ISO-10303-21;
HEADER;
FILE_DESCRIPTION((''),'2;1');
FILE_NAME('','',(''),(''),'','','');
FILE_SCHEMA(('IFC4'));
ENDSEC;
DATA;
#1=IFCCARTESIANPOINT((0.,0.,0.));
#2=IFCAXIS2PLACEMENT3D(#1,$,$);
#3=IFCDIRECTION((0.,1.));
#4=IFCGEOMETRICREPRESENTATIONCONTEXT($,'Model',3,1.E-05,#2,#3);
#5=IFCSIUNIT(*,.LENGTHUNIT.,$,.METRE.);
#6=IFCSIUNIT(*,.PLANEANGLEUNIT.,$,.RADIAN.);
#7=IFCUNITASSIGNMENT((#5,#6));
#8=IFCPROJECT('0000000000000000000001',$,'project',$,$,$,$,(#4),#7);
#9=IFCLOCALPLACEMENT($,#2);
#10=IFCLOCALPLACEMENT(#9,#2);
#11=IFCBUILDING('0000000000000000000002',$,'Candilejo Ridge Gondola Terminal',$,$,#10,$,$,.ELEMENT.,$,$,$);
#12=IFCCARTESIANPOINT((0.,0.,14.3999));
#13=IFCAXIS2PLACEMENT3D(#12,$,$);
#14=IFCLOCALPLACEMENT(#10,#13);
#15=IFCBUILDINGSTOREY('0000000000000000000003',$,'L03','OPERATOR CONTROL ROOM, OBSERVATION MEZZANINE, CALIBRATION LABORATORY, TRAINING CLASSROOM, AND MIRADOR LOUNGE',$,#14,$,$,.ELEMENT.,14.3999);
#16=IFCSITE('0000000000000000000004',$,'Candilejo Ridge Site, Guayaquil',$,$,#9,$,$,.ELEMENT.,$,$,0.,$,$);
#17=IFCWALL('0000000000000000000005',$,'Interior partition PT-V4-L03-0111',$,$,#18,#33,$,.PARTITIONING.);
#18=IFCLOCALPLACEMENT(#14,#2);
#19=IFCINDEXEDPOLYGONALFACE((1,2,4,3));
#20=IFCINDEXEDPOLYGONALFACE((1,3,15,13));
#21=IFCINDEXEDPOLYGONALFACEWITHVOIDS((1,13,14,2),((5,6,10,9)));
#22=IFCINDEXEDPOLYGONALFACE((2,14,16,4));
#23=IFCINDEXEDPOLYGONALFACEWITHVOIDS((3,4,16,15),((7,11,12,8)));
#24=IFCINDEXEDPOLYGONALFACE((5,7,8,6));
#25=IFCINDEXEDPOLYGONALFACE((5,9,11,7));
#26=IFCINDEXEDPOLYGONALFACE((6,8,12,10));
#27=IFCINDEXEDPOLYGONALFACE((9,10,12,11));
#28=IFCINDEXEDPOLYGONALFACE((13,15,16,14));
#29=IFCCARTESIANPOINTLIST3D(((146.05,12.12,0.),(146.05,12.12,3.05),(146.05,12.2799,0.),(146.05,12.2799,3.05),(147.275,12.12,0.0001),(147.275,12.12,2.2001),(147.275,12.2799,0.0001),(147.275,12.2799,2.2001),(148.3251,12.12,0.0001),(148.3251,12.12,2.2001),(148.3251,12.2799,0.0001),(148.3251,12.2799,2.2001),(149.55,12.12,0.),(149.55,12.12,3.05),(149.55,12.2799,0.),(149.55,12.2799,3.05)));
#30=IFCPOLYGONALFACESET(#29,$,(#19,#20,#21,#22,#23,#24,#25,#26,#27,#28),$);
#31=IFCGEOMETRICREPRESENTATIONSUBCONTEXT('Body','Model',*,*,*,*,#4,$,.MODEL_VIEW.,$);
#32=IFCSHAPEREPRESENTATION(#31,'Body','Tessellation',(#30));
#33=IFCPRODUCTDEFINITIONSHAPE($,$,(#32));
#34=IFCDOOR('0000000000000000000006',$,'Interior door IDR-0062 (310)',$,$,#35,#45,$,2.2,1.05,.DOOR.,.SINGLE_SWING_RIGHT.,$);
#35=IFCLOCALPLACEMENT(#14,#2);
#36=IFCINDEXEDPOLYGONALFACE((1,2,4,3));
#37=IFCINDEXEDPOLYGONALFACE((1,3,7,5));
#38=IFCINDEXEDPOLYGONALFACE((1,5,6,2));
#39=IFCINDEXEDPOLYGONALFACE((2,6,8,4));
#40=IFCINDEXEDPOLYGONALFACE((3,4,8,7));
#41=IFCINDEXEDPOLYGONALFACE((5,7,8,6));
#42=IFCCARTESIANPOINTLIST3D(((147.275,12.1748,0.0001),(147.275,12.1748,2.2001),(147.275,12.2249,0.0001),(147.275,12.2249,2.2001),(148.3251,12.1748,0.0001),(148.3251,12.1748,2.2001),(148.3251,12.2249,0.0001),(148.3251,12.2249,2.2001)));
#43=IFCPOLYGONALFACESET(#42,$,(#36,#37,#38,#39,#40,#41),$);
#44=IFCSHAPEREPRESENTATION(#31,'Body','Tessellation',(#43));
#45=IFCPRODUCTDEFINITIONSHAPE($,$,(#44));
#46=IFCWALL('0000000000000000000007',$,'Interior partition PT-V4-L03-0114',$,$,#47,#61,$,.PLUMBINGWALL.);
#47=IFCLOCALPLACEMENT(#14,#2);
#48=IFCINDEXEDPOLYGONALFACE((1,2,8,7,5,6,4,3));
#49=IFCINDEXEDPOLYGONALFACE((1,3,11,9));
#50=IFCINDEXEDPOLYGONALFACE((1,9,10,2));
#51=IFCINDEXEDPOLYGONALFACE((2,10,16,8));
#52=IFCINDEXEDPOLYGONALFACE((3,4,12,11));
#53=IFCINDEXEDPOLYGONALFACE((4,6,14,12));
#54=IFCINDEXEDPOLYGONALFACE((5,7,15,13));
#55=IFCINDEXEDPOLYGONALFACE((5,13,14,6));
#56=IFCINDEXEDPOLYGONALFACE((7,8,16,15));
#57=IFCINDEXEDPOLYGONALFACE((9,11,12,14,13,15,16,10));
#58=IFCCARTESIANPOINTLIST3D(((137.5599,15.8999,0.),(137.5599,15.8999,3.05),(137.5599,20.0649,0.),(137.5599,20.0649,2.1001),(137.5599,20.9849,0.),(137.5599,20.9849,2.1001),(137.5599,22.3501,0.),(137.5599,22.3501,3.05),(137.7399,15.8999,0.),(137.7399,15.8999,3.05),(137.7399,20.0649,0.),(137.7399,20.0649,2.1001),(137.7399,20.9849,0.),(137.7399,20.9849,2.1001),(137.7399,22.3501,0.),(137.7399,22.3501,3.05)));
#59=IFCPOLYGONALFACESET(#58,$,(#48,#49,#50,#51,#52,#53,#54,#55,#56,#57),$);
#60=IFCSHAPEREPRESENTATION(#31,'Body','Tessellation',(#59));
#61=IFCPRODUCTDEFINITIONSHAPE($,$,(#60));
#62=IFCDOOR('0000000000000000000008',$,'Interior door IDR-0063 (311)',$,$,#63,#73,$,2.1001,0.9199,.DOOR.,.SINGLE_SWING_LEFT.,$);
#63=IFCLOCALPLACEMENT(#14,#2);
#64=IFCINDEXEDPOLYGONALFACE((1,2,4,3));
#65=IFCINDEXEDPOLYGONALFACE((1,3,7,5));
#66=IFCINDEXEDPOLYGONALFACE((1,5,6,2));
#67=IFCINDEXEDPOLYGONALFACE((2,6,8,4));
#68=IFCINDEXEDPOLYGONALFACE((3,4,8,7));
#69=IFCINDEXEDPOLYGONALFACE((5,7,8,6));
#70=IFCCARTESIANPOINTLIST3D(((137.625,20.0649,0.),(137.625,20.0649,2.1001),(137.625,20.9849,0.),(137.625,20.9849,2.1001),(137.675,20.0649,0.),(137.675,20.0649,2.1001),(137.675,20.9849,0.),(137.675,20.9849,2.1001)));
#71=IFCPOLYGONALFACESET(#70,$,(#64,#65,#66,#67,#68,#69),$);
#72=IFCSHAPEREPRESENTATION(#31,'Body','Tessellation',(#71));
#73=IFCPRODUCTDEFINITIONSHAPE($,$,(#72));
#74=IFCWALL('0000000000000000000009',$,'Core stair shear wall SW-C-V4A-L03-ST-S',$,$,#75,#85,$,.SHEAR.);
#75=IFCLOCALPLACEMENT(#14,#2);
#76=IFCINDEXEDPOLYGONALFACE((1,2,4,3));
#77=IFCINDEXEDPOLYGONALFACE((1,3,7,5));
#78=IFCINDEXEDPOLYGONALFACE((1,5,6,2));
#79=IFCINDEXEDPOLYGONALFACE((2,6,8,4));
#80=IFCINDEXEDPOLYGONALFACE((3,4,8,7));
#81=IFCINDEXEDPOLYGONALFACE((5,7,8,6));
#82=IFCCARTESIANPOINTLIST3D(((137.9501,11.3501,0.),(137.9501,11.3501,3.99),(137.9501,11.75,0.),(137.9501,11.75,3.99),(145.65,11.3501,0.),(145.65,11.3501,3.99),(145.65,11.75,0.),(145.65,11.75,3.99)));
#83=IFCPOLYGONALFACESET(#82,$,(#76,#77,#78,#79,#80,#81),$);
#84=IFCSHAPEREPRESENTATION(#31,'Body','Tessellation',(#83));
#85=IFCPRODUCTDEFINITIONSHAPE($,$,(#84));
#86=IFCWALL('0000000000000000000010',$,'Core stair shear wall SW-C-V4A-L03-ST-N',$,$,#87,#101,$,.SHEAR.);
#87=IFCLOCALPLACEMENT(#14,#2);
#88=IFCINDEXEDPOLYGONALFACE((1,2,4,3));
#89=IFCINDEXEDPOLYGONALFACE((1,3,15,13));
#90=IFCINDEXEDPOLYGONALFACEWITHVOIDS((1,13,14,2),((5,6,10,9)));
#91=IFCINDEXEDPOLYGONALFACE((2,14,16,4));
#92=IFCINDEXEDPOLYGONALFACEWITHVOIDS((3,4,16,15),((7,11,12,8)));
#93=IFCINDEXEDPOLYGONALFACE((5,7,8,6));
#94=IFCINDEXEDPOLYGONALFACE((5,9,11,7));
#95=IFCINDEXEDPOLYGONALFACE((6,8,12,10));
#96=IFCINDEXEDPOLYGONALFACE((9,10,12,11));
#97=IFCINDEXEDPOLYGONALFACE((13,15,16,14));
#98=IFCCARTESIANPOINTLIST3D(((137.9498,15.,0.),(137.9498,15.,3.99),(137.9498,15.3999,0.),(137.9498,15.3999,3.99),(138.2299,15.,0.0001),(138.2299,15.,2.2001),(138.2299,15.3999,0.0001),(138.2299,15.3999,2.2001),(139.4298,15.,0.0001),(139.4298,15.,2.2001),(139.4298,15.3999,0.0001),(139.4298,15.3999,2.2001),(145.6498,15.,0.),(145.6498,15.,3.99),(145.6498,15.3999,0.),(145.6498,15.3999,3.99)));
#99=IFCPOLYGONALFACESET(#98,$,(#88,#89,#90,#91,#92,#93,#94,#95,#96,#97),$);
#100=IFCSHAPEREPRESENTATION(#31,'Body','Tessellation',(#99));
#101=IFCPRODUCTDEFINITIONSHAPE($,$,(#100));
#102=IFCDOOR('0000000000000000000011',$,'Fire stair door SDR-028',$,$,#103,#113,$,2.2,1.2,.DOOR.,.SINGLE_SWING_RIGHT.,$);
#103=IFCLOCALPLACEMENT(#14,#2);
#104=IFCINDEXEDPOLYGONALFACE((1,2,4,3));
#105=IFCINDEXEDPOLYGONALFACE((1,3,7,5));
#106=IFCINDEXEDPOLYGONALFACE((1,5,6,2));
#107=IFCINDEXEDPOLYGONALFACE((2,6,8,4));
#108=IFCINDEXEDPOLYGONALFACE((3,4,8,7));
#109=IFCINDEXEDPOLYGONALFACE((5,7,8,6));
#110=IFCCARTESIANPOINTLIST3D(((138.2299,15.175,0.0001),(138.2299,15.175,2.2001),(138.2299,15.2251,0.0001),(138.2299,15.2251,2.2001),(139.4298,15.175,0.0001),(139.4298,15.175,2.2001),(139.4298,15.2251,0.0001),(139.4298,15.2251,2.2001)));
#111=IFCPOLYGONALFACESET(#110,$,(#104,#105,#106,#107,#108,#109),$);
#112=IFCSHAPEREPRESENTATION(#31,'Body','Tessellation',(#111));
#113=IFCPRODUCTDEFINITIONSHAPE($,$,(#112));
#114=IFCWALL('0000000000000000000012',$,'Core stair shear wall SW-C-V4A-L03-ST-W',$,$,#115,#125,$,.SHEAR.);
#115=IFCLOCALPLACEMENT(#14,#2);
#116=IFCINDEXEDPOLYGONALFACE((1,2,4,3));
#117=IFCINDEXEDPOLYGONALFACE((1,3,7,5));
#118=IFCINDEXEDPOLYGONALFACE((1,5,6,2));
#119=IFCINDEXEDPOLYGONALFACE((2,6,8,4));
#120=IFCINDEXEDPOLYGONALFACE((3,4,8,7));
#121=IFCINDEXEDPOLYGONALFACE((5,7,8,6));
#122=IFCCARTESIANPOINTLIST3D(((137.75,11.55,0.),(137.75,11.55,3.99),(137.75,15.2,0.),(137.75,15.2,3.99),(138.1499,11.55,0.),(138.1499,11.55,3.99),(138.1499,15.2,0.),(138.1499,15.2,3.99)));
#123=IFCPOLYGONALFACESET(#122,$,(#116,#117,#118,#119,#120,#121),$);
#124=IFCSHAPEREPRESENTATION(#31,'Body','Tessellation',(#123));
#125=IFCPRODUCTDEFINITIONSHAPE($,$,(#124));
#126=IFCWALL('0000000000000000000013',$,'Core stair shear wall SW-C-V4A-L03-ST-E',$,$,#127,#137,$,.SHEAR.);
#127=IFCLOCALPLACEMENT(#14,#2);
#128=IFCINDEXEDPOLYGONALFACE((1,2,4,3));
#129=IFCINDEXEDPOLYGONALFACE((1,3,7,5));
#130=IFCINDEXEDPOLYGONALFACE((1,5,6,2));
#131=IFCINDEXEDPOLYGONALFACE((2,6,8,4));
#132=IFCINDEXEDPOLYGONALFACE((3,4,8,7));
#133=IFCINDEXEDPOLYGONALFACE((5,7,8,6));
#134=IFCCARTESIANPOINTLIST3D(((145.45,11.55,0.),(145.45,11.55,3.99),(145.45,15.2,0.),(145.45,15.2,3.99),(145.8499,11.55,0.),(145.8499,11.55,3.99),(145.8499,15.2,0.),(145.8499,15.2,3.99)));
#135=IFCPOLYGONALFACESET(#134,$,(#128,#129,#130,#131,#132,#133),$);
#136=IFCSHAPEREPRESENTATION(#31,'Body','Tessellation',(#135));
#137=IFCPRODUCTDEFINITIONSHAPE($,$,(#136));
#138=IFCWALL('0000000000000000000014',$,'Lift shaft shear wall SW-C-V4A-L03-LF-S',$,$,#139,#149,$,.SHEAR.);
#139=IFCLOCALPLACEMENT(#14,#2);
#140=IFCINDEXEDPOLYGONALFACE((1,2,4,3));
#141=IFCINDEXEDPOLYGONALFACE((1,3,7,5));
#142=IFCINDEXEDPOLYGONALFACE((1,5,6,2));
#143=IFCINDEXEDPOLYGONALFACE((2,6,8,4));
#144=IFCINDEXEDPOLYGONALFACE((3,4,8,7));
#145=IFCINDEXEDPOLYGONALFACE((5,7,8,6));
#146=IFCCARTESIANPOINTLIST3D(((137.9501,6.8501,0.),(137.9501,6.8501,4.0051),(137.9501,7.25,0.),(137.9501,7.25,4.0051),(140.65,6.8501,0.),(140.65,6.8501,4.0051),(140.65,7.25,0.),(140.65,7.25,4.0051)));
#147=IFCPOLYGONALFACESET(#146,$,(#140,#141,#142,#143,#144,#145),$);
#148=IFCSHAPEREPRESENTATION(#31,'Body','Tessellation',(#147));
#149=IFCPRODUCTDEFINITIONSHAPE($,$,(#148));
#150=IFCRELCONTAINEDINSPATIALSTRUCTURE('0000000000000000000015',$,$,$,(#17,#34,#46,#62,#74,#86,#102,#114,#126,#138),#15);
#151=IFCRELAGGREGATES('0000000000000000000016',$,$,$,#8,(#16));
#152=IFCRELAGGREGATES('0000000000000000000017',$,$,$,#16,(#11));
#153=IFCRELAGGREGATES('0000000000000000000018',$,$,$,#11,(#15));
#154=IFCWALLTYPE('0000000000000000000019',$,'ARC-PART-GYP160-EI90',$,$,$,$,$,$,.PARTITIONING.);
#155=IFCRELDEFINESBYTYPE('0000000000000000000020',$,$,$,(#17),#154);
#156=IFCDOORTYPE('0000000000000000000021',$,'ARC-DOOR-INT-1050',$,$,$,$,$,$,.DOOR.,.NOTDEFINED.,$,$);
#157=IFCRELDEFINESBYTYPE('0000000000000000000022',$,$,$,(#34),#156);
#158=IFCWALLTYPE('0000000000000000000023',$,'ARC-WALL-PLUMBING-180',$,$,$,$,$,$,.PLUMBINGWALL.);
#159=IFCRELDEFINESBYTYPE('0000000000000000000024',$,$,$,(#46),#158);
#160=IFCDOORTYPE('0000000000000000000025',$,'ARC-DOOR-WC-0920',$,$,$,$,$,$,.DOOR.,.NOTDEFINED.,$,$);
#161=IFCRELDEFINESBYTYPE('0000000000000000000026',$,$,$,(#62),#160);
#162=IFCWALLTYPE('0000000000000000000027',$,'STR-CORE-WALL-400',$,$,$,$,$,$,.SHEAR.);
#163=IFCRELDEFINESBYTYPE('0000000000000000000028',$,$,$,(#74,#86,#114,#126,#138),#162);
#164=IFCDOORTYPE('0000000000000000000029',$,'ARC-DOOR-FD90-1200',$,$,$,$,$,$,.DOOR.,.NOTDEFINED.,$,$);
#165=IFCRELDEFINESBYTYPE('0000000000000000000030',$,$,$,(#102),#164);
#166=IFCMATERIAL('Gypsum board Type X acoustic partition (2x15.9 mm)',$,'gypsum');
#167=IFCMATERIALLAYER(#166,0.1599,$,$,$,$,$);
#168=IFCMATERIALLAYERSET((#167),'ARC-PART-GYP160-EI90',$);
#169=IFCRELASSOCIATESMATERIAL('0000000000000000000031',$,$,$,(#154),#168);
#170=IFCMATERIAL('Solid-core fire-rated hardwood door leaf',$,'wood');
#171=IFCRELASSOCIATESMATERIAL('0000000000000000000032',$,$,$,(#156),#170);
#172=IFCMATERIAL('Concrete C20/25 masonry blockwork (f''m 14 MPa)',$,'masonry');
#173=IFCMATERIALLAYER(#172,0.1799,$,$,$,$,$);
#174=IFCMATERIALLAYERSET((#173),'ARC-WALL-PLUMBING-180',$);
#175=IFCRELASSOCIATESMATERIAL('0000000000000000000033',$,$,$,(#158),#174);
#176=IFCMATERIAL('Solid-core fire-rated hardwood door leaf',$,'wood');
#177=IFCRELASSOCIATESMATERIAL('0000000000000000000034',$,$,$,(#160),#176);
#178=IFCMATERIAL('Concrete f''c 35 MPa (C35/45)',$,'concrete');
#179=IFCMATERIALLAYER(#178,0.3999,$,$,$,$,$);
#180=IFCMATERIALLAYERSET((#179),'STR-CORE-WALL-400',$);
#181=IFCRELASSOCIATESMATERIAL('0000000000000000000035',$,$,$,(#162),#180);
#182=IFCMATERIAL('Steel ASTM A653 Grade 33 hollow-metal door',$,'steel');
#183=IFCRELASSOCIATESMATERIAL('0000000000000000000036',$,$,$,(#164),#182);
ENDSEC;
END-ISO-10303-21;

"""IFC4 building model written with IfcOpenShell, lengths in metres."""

from ifc_helpers import new_model, si_unit, direction, frame, frame_2d, origin, place, context, subcontext, project, spatial, rectangle, extrude, material, layer, layer_set, type_object, element, fill, save


model = new_model("IFC4")

# Units and contexts
model_context = context("Model", 3, precision=1e-05, world=origin(), true_north=direction((0.0, 1.0)))
body_context = subcontext(model_context, "Body", "Model", "MODEL_VIEW")
ifc_project = project(units=[si_unit("LENGTHUNIT", "METRE"), si_unit("PLANEANGLEUNIT", "RADIAN")], contexts=[model_context])

# Site, building, storey
site_placement = place(None, origin())
site = spatial("IfcSite", under=ifc_project, at=site_placement, Name="Candilejo Ridge Site, Guayaquil", CompositionType="ELEMENT", RefElevation=0.0)
building_placement = place(site_placement, origin())
building = spatial("IfcBuilding", under=site, at=building_placement, Name="Candilejo Ridge Gondola Terminal", CompositionType="ELEMENT")
storey_placement = place(building_placement, frame((0.0, 0.0, 14.3999)))
storey = spatial("IfcBuildingStorey", under=building, at=storey_placement, Name="L03", Description="OPERATOR CONTROL ROOM, OBSERVATION MEZZANINE, CALIBRATION LABORATORY, TRAINING CLASSROOM, AND MIRADOR LOUNGE", CompositionType="ELEMENT", Elevation=14.3999)

# Walls, openings, doors
ifc_material_1 = material(Name="Gypsum board Type X acoustic partition (2x15.9 mm)", Category="gypsum")
ifc_layer_1 = layer(ifc_material_1, 0.1599)
ifc_layer_set_1 = layer_set([ifc_layer_1], Name="ARC-PART-GYP160-EI90")
wall_type_1 = type_object("IfcWallType", Name="ARC-PART-GYP160-EI90", PredefinedType="PARTITIONING", material=ifc_layer_set_1)
wall_1_placement = place(storey_placement, frame((146.05, 12.2, 0.0), z_axis=(0.0, 0.0, 1.0), x_axis=(1.0, 0.0, 0.0)))
wall_1 = element("IfcWall", 1, at=wall_1_placement, inside=storey, type_object=wall_type_1, Name="Interior partition PT-V4-L03-0111", PredefinedType="PARTITIONING", context=body_context, shape_type="SweptSolid", body=[
    extrude(rectangle(XDim=3.5, YDim=0.1599, at=frame_2d((1.75, 0.0))), origin(), (0.0, 0.0, 1.0), 3.05),
])
opening_1_placement = place(wall_1_placement, frame((1.2251, 0.0, 0.0)))
opening_1 = element("IfcOpeningElement", 2, at=opening_1_placement, cuts=wall_1, PredefinedType="OPENING", context=body_context, shape_type="SweptSolid", body=[
    extrude(rectangle(XDim=1.05, YDim=2.2, at=frame_2d((0.5249, 1.1001))), frame((0.0, 0.0898, 0.0), z_axis=(0.0, -1.0, 0.0), x_axis=(1.0, 0.0, 0.0)), (0.0, 0.0, 1.0), 0.1799),
])
ifc_material_2 = material(Name="Solid-core fire-rated hardwood door leaf", Category="wood")
door_type_1 = type_object("IfcDoorType", Name="ARC-DOOR-INT-1050", OperationType="NOTDEFINED", PredefinedType="DOOR", material=ifc_material_2)
door_1_placement = place(opening_1_placement, origin())
door_1 = element("IfcDoor", 3, at=door_1_placement, inside=storey, type_object=door_type_1, Name="Interior door IDR-0062 (310)", OperationType="SINGLE_SWING_RIGHT", OverallHeight=2.2, OverallWidth=1.05, PredefinedType="DOOR", context=body_context, shape_type="SweptSolid", body=[
    extrude(rectangle(XDim=1.05, YDim=2.2, at=frame_2d((0.5249, 1.1001))), frame((0.0, 0.0249, 0.0), z_axis=(0.0, -1.0, 0.0), x_axis=(1.0, 0.0, 0.0)), (0.0, 0.0, 1.0), 0.05),
])
fill(opening_1, door_1)
ifc_material_3 = material(Name="Concrete C20/25 masonry blockwork (f'm 14 MPa)", Category="masonry")
ifc_layer_2 = layer(ifc_material_3, 0.1799)
ifc_layer_set_2 = layer_set([ifc_layer_2], Name="ARC-WALL-PLUMBING-180")
wall_type_2 = type_object("IfcWallType", Name="ARC-WALL-PLUMBING-180", PredefinedType="PLUMBINGWALL", material=ifc_layer_set_2)
wall_2_placement = place(storey_placement, frame((137.6499, 15.8999, 0.0), z_axis=(0.0, 0.0, 1.0), x_axis=(0.0, 1.0, 0.0)))
wall_2 = element("IfcWall", 4, at=wall_2_placement, inside=storey, type_object=wall_type_2, Name="Interior partition PT-V4-L03-0114", PredefinedType="PLUMBINGWALL", context=body_context, shape_type="SweptSolid", body=[
    extrude(rectangle(XDim=6.4502, YDim=0.1799, at=frame_2d((3.2251, 0.0))), origin(), (0.0, 0.0, 1.0), 3.05),
])
opening_2_placement = place(wall_2_placement, frame((4.165, 0.0, 0.0)))
opening_2 = element("IfcOpeningElement", 5, at=opening_2_placement, cuts=wall_2, PredefinedType="OPENING", context=body_context, shape_type="SweptSolid", body=[
    extrude(rectangle(XDim=0.9199, YDim=2.1001, at=frame_2d((0.46, 1.05))), frame((0.0, 0.0999, 0.0), z_axis=(0.0, -1.0, 0.0), x_axis=(1.0, 0.0, 0.0)), (0.0, 0.0, 1.0), 0.2),
])
ifc_material_4 = material(Name="Solid-core fire-rated hardwood door leaf", Category="wood")
door_type_2 = type_object("IfcDoorType", Name="ARC-DOOR-WC-0920", OperationType="NOTDEFINED", PredefinedType="DOOR", material=ifc_material_4)
door_2_placement = place(opening_2_placement, origin())
door_2 = element("IfcDoor", 6, at=door_2_placement, inside=storey, type_object=door_type_2, Name="Interior door IDR-0063 (311)", OperationType="SINGLE_SWING_LEFT", OverallHeight=2.1001, OverallWidth=0.9199, PredefinedType="DOOR", context=body_context, shape_type="SweptSolid", body=[
    extrude(rectangle(XDim=0.9199, YDim=2.1001, at=frame_2d((0.46, 1.05))), frame((0.0, 0.0249, 0.0), z_axis=(0.0, -1.0, 0.0), x_axis=(1.0, 0.0, 0.0)), (0.0, 0.0, 1.0), 0.05),
])
fill(opening_2, door_2)

# Wall
ifc_material_5 = material(Name="Concrete f'c 35 MPa (C35/45)", Category="concrete")
ifc_layer_3 = layer(ifc_material_5, 0.3999)
ifc_layer_set_3 = layer_set([ifc_layer_3], Name="STR-CORE-WALL-400")
wall_type_3 = type_object("IfcWallType", Name="STR-CORE-WALL-400", PredefinedType="SHEAR", material=ifc_layer_set_3)
wall_3_placement = place(storey_placement, frame((137.95, 11.55, 0.0), z_axis=(0.0, 0.0, 1.0), x_axis=(1.0, 0.0, 0.0)))
element("IfcWall", 7, at=wall_3_placement, inside=storey, type_object=wall_type_3, Name="Core stair shear wall SW-C-V4A-L03-ST-S", PredefinedType="SHEAR", context=body_context, shape_type="SweptSolid", body=[
    extrude(rectangle(XDim=7.7, YDim=0.3999, at=frame_2d((3.8501, 0.0))), origin(), (0.0, 0.0, 1.0), 3.99),
])

# Wall, opening, door
wall_4_placement = place(storey_placement, frame((145.6499, 15.2, 0.0), z_axis=(0.0, 0.0, 1.0), x_axis=(-1.0, 0.0, 0.0)))
wall_4 = element("IfcWall", 8, at=wall_4_placement, inside=storey, type_object=wall_type_3, Name="Core stair shear wall SW-C-V4A-L03-ST-N", PredefinedType="SHEAR", context=body_context, shape_type="SweptSolid", body=[
    extrude(rectangle(XDim=7.7, YDim=0.3999, at=frame_2d((3.8501, 0.0))), origin(), (0.0, 0.0, 1.0), 3.99),
])
opening_3_placement = place(wall_4_placement, frame((6.22, 0.0, 0.0)))
opening_3 = element("IfcOpeningElement", 9, at=opening_3_placement, cuts=wall_4, PredefinedType="OPENING", context=body_context, shape_type="SweptSolid", body=[
    extrude(rectangle(XDim=1.2, YDim=2.2, at=frame_2d((0.6001, 1.1001))), frame((0.0, 0.21, 0.0), z_axis=(0.0, -1.0, 0.0), x_axis=(1.0, 0.0, 0.0)), (0.0, 0.0, 1.0), 0.4199),
])
ifc_material_6 = material(Name="Steel ASTM A653 Grade 33 hollow-metal door", Category="steel")
door_type_3 = type_object("IfcDoorType", Name="ARC-DOOR-FD90-1200", OperationType="NOTDEFINED", PredefinedType="DOOR", material=ifc_material_6)
door_3_placement = place(opening_3_placement, origin())
door_3 = element("IfcDoor", 10, at=door_3_placement, inside=storey, type_object=door_type_3, Name="Fire stair door SDR-028", OperationType="SINGLE_SWING_RIGHT", OverallHeight=2.2, OverallWidth=1.2, PredefinedType="DOOR", context=body_context, shape_type="SweptSolid", body=[
    extrude(rectangle(XDim=1.2, YDim=2.2, at=frame_2d((0.6001, 1.1001))), frame((0.0, 0.0249, 0.0), z_axis=(0.0, -1.0, 0.0), x_axis=(1.0, 0.0, 0.0)), (0.0, 0.0, 1.0), 0.05),
])
fill(opening_3, door_3)

# Walls
for number, where, z_axis, x_axis, name in (
    (11, (137.95, 15.2, 0.0), (0.0, 0.0, 1.0), (0.0, -1.0, 0.0), "Core stair shear wall SW-C-V4A-L03-ST-W"),
    (12, (145.6499, 11.55, 0.0), (0.0, 0.0, 1.0), (0.0, 1.0, 0.0), "Core stair shear wall SW-C-V4A-L03-ST-E"),
):
    element("IfcWall", number, at=place(storey_placement, frame(where, z_axis=z_axis, x_axis=x_axis)), inside=storey, type_object=wall_type_3, Name=name, PredefinedType="SHEAR", context=body_context, shape_type="SweptSolid", body=[
        extrude(rectangle(XDim=3.6499, YDim=0.3999, at=frame_2d((1.825, 0.0))), origin(), (0.0, 0.0, 1.0), 3.99),
    ])
wall_5_placement = place(storey_placement, frame((137.95, 7.05, 0.0), z_axis=(0.0, 0.0, 1.0), x_axis=(1.0, 0.0, 0.0)))
element("IfcWall", 13, at=wall_5_placement, inside=storey, type_object=wall_type_3, Name="Lift shaft shear wall SW-C-V4A-L03-LF-S", PredefinedType="SHEAR", context=body_context, shape_type="SweptSolid", body=[
    extrude(rectangle(XDim=2.7, YDim=0.3999, at=frame_2d((1.3501, 0.0))), origin(), (0.0, 0.0, 1.0), 4.0051),
])

save(model, "model.ifc")
